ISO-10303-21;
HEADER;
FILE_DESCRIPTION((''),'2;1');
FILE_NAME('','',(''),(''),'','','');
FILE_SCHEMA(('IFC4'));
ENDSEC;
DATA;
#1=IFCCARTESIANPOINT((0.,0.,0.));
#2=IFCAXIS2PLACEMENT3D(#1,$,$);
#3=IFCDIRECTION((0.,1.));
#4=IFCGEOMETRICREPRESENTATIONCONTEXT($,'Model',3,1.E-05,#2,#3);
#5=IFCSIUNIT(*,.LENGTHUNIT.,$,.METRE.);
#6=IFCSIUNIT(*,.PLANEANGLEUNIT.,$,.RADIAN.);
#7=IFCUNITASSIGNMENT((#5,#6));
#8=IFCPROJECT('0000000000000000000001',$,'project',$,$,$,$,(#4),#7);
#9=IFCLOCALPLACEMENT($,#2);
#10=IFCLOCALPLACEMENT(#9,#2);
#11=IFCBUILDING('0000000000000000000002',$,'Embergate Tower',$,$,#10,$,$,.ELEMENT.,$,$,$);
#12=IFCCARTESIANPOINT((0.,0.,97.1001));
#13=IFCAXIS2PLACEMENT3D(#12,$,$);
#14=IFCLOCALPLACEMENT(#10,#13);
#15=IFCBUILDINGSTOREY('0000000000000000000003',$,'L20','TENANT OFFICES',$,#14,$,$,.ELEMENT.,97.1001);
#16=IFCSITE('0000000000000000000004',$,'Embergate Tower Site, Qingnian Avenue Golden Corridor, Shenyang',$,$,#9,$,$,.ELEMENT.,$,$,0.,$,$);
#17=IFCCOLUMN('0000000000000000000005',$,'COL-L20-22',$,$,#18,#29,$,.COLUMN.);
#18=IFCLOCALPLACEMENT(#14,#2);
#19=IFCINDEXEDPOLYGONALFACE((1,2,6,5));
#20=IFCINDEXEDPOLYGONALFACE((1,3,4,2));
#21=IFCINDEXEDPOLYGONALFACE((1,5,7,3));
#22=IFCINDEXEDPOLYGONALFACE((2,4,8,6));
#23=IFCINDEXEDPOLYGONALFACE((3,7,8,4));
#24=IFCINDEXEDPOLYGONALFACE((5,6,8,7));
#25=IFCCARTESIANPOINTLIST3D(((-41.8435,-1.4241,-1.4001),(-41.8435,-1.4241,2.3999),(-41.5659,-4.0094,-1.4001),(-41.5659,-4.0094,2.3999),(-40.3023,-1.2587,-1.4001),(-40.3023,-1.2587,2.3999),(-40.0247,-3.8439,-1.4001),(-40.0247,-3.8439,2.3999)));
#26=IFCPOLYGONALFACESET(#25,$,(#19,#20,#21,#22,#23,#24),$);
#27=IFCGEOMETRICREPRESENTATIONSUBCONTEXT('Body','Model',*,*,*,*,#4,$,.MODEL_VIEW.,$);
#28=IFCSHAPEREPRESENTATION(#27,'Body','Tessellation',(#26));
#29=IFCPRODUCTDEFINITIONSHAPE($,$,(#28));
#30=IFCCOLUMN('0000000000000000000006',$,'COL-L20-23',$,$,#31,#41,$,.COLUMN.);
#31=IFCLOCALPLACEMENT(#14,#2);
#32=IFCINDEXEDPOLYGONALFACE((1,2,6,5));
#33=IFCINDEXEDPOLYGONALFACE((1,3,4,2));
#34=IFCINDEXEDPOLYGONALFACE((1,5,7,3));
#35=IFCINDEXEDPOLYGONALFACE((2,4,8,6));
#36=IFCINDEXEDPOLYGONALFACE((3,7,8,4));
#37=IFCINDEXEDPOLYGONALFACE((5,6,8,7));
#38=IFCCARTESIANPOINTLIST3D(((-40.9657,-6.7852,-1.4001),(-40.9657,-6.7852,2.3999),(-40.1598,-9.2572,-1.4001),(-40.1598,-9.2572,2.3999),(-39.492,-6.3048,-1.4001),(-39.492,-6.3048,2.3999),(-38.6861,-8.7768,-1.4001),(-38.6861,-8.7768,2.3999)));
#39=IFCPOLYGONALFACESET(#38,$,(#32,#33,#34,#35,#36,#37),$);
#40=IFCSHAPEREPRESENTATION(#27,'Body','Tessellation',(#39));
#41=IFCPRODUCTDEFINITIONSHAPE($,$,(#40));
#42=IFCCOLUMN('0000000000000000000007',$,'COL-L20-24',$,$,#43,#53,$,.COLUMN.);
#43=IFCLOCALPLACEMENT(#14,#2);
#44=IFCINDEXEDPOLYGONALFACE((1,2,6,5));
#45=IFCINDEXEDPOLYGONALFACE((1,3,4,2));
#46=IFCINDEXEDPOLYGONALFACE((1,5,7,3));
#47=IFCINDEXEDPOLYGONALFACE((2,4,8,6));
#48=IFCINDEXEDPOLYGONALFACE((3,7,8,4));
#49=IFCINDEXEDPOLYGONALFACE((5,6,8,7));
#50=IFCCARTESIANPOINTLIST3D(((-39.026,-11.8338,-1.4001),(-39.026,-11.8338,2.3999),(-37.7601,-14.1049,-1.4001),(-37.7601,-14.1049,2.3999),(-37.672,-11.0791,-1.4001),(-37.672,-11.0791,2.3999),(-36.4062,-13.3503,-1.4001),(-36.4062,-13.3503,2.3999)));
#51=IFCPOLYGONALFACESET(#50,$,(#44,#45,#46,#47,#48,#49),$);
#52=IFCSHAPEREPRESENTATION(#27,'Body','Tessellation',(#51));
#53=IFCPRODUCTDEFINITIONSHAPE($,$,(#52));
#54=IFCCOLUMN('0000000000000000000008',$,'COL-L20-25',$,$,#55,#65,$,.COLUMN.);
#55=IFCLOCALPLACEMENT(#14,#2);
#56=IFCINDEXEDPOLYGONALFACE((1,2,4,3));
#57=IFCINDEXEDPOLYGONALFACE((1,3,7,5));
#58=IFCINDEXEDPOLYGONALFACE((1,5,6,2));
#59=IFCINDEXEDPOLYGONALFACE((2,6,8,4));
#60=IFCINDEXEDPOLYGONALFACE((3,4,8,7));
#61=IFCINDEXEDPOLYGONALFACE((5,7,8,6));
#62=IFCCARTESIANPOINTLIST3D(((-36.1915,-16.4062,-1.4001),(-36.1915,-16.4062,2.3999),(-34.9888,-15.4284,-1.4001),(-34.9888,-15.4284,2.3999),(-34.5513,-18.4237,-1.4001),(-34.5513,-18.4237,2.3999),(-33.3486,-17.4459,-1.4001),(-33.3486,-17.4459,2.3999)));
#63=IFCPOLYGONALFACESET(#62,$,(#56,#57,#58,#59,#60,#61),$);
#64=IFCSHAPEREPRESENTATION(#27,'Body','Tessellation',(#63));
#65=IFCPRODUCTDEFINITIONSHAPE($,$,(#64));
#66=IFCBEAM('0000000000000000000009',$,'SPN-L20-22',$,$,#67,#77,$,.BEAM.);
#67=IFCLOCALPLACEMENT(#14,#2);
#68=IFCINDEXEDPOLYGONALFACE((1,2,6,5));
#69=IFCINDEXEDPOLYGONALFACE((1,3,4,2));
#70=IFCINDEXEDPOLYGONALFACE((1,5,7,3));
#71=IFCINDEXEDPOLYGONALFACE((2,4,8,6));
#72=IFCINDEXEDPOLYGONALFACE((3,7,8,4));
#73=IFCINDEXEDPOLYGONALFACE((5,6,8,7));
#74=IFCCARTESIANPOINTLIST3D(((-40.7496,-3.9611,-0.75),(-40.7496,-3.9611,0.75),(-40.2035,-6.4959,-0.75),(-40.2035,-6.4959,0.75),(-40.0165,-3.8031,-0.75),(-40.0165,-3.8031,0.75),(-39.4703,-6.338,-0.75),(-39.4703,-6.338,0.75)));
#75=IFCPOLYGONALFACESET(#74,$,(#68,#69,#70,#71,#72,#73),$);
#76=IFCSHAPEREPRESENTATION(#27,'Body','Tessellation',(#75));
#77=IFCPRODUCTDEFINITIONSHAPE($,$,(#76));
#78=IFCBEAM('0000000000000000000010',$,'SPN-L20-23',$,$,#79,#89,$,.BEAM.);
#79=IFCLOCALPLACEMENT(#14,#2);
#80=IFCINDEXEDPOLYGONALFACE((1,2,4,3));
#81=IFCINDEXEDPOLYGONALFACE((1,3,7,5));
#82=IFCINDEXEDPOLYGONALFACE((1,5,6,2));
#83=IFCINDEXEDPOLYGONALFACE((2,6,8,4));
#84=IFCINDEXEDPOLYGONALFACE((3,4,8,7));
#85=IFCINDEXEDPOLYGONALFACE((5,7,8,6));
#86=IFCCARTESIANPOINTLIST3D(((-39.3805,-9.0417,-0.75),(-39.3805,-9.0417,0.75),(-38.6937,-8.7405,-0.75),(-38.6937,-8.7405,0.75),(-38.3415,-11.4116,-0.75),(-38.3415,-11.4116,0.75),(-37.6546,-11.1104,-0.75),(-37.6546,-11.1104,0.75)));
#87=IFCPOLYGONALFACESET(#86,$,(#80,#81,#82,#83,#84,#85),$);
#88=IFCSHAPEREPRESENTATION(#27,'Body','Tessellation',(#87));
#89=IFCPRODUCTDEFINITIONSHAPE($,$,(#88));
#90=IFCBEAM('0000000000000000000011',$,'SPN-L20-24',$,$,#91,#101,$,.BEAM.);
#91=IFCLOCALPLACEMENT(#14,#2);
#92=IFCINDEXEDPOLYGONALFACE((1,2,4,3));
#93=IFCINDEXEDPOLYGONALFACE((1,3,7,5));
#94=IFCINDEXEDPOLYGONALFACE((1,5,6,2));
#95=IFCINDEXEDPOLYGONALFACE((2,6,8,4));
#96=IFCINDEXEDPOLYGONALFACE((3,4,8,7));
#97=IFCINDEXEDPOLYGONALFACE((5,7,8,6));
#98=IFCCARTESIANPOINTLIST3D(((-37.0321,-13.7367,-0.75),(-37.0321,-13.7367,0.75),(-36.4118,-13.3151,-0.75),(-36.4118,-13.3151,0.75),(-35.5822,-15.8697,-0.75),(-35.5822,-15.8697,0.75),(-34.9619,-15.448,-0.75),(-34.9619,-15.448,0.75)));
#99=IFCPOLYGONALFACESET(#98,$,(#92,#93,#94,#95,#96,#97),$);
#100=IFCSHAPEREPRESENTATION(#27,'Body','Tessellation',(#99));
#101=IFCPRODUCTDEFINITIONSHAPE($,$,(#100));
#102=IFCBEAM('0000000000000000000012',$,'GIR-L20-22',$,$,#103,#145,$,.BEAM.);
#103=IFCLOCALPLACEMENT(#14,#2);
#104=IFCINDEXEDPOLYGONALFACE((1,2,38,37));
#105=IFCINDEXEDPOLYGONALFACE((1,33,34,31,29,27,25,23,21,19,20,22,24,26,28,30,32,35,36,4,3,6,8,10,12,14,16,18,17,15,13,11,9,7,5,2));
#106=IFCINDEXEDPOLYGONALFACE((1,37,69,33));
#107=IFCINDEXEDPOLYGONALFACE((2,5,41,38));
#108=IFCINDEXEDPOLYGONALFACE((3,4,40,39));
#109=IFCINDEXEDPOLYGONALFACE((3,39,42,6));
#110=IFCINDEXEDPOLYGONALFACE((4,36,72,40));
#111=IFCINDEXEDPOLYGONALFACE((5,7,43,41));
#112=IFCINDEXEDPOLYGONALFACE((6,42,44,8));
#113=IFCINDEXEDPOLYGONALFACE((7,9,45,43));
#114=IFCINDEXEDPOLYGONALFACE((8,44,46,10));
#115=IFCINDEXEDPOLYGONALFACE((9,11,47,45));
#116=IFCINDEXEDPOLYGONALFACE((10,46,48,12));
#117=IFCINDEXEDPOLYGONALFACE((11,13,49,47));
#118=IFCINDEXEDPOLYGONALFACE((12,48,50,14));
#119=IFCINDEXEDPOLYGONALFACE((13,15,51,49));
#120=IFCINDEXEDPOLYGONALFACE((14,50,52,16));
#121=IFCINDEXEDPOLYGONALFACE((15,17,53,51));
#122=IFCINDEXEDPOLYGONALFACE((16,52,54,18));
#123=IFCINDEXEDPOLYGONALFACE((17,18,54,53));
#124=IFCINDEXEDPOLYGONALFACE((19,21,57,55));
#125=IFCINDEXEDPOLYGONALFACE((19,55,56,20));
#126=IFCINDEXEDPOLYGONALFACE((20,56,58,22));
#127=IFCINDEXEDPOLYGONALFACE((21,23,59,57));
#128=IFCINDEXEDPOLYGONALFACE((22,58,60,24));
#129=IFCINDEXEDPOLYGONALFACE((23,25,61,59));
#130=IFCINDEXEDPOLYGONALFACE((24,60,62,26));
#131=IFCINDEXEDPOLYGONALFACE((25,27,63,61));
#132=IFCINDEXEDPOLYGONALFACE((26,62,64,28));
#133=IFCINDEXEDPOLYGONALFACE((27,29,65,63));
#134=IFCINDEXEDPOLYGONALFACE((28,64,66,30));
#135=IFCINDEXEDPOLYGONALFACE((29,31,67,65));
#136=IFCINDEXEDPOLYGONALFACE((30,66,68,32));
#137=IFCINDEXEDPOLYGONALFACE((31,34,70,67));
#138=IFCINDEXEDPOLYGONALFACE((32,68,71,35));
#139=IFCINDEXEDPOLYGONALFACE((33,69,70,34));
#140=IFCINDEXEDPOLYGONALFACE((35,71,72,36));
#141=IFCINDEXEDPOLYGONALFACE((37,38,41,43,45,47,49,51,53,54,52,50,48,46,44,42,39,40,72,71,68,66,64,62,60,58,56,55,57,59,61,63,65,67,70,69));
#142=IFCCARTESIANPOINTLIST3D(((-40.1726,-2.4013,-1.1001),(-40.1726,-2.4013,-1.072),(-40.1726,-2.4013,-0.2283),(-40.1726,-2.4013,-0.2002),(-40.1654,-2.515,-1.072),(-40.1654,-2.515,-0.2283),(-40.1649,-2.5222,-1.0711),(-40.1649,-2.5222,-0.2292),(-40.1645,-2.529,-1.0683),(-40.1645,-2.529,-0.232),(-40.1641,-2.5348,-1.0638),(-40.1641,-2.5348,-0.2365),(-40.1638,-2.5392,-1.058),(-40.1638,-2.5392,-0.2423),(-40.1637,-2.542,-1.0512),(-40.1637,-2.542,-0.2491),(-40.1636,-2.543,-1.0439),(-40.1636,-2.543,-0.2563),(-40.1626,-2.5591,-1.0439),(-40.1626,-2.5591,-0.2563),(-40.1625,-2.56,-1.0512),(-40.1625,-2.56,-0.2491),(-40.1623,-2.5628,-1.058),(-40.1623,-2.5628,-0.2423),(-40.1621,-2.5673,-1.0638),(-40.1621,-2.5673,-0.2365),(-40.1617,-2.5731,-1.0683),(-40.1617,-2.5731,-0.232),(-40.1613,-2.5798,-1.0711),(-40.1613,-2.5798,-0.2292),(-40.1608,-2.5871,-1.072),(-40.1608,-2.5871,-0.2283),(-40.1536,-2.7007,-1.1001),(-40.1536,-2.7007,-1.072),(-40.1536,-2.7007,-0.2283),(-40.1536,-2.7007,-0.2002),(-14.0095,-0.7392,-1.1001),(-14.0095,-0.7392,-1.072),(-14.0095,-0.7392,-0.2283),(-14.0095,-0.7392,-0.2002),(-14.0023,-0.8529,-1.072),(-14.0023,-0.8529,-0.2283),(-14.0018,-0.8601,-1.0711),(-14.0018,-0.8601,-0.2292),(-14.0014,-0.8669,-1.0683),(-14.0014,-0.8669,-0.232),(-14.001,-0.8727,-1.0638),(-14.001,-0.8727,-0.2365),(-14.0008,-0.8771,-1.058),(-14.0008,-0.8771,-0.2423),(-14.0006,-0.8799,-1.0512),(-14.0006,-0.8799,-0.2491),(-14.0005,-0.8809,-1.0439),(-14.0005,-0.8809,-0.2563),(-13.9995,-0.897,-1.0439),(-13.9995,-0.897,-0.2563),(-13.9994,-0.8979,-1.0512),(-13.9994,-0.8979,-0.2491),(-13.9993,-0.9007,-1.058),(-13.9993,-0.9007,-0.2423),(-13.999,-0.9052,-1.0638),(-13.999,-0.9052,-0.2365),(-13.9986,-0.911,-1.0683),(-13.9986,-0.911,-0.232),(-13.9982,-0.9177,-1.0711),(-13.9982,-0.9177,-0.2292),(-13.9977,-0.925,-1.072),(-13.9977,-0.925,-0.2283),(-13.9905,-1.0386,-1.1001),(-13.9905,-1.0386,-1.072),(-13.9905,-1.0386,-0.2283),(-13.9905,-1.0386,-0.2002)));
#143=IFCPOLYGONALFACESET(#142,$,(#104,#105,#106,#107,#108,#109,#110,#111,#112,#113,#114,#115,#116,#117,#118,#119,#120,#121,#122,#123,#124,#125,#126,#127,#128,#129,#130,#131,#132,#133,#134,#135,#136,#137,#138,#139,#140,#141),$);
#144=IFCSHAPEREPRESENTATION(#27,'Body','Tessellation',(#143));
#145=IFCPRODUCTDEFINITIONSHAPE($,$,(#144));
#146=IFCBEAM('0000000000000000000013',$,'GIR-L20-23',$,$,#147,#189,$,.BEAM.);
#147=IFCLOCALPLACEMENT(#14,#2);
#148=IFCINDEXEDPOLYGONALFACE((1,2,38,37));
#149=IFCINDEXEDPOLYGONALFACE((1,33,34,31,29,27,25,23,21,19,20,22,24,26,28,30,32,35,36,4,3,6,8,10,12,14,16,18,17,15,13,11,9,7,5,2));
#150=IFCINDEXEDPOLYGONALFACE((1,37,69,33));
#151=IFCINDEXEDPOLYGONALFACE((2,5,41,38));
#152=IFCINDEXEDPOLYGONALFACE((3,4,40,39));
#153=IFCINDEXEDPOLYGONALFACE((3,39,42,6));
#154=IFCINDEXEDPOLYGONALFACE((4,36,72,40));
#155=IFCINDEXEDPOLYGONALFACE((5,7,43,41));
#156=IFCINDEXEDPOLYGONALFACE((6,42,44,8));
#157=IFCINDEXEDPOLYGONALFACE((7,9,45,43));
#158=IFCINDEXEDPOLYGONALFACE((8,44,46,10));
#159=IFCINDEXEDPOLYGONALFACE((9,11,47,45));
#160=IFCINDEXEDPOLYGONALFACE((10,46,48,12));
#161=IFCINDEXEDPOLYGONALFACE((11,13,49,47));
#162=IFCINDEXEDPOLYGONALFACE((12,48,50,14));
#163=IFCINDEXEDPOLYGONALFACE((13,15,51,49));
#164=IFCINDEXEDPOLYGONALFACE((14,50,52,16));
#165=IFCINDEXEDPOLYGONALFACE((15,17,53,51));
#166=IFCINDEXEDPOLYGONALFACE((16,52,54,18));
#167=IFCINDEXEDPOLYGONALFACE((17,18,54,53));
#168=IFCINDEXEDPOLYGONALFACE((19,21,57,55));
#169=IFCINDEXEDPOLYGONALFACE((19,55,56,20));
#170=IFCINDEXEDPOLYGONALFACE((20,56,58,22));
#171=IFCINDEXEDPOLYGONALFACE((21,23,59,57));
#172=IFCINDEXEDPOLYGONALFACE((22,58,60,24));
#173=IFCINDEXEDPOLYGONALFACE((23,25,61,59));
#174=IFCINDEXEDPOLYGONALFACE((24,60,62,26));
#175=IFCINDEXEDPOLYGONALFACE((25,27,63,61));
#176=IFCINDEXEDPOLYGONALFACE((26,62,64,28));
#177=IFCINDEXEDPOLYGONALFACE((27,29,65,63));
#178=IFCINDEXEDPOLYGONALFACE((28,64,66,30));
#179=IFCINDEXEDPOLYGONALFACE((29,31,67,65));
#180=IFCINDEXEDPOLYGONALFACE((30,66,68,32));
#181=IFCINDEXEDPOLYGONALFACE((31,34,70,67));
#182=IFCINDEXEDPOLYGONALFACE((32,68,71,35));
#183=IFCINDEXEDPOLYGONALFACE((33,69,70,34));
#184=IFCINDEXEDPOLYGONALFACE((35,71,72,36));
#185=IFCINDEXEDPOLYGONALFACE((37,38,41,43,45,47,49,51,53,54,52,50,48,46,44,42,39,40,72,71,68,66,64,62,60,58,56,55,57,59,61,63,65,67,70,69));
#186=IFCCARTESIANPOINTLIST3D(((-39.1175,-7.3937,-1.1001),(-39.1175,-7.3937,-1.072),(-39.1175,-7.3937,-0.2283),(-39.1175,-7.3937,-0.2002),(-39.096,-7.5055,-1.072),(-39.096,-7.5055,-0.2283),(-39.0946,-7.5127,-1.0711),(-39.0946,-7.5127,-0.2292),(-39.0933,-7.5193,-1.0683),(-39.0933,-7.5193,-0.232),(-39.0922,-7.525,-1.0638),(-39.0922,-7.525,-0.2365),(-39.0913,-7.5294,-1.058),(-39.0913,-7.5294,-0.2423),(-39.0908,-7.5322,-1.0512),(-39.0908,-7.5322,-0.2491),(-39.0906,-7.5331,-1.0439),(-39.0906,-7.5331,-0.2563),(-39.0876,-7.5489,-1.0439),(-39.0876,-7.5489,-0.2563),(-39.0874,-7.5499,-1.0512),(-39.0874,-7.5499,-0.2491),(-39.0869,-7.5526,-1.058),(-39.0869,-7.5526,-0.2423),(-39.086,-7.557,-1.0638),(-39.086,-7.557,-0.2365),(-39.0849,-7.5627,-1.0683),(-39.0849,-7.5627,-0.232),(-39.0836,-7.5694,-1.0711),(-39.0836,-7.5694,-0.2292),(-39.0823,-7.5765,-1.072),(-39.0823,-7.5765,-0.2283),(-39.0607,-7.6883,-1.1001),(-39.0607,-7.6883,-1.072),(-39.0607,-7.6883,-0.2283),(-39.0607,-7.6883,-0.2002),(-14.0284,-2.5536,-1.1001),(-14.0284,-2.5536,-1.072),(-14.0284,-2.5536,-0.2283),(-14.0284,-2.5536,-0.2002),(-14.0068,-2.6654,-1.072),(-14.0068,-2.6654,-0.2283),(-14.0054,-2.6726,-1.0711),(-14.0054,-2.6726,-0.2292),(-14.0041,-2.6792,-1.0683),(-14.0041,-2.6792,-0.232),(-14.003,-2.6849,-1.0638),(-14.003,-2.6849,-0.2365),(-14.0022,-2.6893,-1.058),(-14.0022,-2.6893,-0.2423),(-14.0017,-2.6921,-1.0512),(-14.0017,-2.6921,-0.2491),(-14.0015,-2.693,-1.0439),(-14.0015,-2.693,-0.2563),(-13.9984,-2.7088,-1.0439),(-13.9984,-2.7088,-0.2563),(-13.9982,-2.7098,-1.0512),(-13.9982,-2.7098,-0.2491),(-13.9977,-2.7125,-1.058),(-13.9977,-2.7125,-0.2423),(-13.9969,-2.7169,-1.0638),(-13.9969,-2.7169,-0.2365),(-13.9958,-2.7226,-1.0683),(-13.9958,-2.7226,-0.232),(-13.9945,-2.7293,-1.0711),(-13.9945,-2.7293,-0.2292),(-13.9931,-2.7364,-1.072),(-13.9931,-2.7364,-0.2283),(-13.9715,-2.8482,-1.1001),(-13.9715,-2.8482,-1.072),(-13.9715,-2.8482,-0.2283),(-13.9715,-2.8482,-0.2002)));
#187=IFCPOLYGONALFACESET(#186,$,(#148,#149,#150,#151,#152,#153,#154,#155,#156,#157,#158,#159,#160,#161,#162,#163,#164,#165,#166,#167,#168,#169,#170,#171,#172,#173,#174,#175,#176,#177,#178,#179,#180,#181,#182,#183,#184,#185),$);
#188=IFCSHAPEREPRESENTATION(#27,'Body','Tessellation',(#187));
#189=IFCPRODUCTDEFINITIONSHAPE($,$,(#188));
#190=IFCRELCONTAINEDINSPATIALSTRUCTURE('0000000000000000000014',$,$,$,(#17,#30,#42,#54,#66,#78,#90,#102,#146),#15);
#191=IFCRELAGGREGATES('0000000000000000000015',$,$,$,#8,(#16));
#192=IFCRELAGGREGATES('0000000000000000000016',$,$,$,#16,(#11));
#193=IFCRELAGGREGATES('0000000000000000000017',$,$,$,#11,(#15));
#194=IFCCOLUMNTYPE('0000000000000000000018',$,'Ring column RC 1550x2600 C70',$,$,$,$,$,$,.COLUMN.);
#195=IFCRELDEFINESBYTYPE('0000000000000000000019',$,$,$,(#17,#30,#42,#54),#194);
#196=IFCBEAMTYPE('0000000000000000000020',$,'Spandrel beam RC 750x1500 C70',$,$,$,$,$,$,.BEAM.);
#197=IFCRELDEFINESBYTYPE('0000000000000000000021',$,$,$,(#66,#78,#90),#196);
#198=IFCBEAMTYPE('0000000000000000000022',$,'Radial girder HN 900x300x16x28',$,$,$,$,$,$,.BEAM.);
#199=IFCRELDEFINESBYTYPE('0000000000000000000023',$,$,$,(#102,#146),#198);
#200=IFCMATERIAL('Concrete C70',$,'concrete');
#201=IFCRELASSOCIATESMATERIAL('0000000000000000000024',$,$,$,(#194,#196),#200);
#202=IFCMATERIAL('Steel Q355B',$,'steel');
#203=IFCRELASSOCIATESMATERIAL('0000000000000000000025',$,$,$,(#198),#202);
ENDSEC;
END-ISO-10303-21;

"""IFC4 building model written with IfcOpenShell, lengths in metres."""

from ifc_helpers import new_model, si_unit, direction, frame, origin, origin_2d, place, context, subcontext, project, spatial, rectangle, i_section, extrude, source, transform, mapped, material, material_profile, profile_set, type_object, element, save


model = new_model("IFC4")

# Units and contexts
model_context = context("Model", 3, precision=1e-05, world=origin(), true_north=direction((0.0, 1.0)))
body_context = subcontext(model_context, "Body", "Model", "MODEL_VIEW")
ifc_project = project(units=[si_unit("LENGTHUNIT", "METRE"), si_unit("PLANEANGLEUNIT", "RADIAN")], contexts=[model_context])

# Site, building, storey
site_placement = place(None, origin())
site = spatial("IfcSite", under=ifc_project, at=site_placement, Name="Embergate Tower Site, Qingnian Avenue Golden Corridor, Shenyang", CompositionType="ELEMENT", RefElevation=0.0)
building_placement = place(site_placement, origin())
building = spatial("IfcBuilding", under=site, at=building_placement, Name="Embergate Tower", CompositionType="ELEMENT")
storey_placement = place(building_placement, frame((0.0, 0.0, 97.1001)))
storey = spatial("IfcBuildingStorey", under=building, at=storey_placement, Name="L20", Description="TENANT OFFICES", CompositionType="ELEMENT", Elevation=97.1001)

# Columns
ifc_material_1 = material(Name="Concrete C70", Category="concrete")
ifc_material_profile_1 = material_profile(ifc_material_1, rectangle(XDim=1.55, YDim=2.6001, at=origin_2d()), Name="RC 1550x2600")
ifc_profile_set_1 = profile_set([ifc_material_profile_1], Name="Concrete C70")
column_type = type_object("IfcColumnType", Name="Ring column RC 1550x2600 C70", PredefinedType="COLUMN", material=ifc_profile_set_1)
shared_shape_1 = source(origin(), body_context, "Body", "SweptSolid", [
    extrude(rectangle(XDim=1.55, YDim=2.6001, at=origin_2d()), origin(), (0.0, 0.0, 1.0), 3.8),
])
for number, where, z_axis, x_axis, name in (
    (1, (-40.9341, -2.634, -1.4001), (0.0, 0.0, 1.0), (-0.994286, -0.10675, 0.0), "COL-L20-22"),
    (2, (-39.8259, -7.781, -1.4001), (0.0, 0.0, 1.0), (-0.950754, -0.309946, 0.0), "COL-L20-23"),
    (3, (-37.7161, -12.592, -1.4001), (0.0, 0.0, 1.0), (-0.873492, -0.486839, 0.0), "COL-L20-24"),
    (4, (-34.77, -16.926, -1.4001), (0.0, 0.0, 1.0), (-0.775925, -0.630825, 0.0), "COL-L20-25"),
):
    element("IfcColumn", number, at=place(storey_placement, frame(where, z_axis=z_axis, x_axis=x_axis)), inside=storey, type_object=column_type, Name=name, PredefinedType="COLUMN", context=body_context, shape_type="MappedRepresentation", body=[
        mapped(shared_shape_1, transform((0.0, 0.0, 0.0))),
    ])

# Beams
ifc_material_profile_2 = material_profile(ifc_material_1, rectangle(XDim=0.75, YDim=1.5, at=origin_2d()), Name="RC 750x1500")
ifc_profile_set_2 = profile_set([ifc_material_profile_2], Name="Concrete C70")
beam_type_1 = type_object("IfcBeamType", Name="Spandrel beam RC 750x1500 C70", PredefinedType="BEAM", material=ifc_profile_set_2)
shared_shape_2 = source(origin(), body_context, "Body", "SweptSolid", [
    extrude(rectangle(XDim=0.75, YDim=1.5, at=origin_2d()), origin(), (0.0, 0.0, 1.0), 2.593),
])
beam_1_placement = place(storey_placement, frame((-40.3831, -3.8821, 0.0), z_axis=(0.210616, -0.977569, 0.0), x_axis=(0.977569, 0.210616, 0.0)))
element("IfcBeam", 5, at=beam_1_placement, inside=storey, type_object=beam_type_1, Name="SPN-L20-22", PredefinedType="BEAM", context=body_context, shape_type="MappedRepresentation", body=[
    mapped(shared_shape_2, transform((0.0, 0.0, 0.0))),
])
shared_shape_3 = source(origin(), body_context, "Body", "SweptSolid", [
    extrude(rectangle(XDim=0.75, YDim=1.5, at=origin_2d()), origin(), (0.0, 0.0, 1.0), 2.5876),
])
beam_2_placement = place(storey_placement, frame((-39.0371, -8.8911, 0.0), z_axis=(0.401546, -0.915839, 0.0), x_axis=(0.915839, 0.401546, 0.0)))
element("IfcBeam", 6, at=beam_2_placement, inside=storey, type_object=beam_type_1, Name="SPN-L20-23", PredefinedType="BEAM", context=body_context, shape_type="MappedRepresentation", body=[
    mapped(shared_shape_3, transform((0.0, 0.0, 0.0))),
])
shared_shape_4 = source(origin(), body_context, "Body", "SweptSolid", [
    extrude(rectangle(XDim=0.75, YDim=1.5, at=origin_2d()), origin(), (0.0, 0.0, 1.0), 2.5791),
])
beam_3_placement = place(storey_placement, frame((-36.7219, -13.5259, 0.0), z_axis=(0.56217, -0.827022, 0.0), x_axis=(0.827022, 0.56217, 0.0)))
element("IfcBeam", 7, at=beam_3_placement, inside=storey, type_object=beam_type_1, Name="SPN-L20-24", PredefinedType="BEAM", context=body_context, shape_type="MappedRepresentation", body=[
    mapped(shared_shape_4, transform((0.0, 0.0, 0.0))),
])
ifc_material_2 = material(Name="Steel Q355B", Category="steel")
ifc_material_profile_3 = material_profile(ifc_material_2, i_section(OverallWidth=0.3, OverallDepth=0.8999, WebThickness=0.0161, FlangeThickness=0.0281, FilletRadius=0.0281, at=origin_2d()), Name="HN 900x300x16x28")
ifc_profile_set_3 = profile_set([ifc_material_profile_3], Name="Steel Q355 grade B")
beam_type_2 = type_object("IfcBeamType", Name="Radial girder HN 900x300x16x28", PredefinedType="BEAM", material=ifc_profile_set_3)
shared_shape_5 = source(origin(), body_context, "Body", "SweptSolid", [
    extrude(i_section(OverallWidth=0.3, OverallDepth=0.8999, WebThickness=0.0161, FlangeThickness=0.0281, FilletRadius=0.0281, at=origin_2d()), origin(), (0.0, 0.0, 1.0), 26.2158),
])
beam_4_placement = place(storey_placement, frame((-40.1631, -2.551, -0.6501), z_axis=(0.997988, 0.063401, 0.0), x_axis=(-0.063401, 0.997988, 0.0)))
element("IfcBeam", 8, at=beam_4_placement, inside=storey, type_object=beam_type_2, Name="GIR-L20-22", PredefinedType="BEAM", context=body_context, shape_type="MappedRepresentation", body=[
    mapped(shared_shape_5, transform((0.0, 0.0, 0.0))),
])
shared_shape_6 = source(origin(), body_context, "Body", "SweptSolid", [
    extrude(i_section(OverallWidth=0.3, OverallDepth=0.8999, WebThickness=0.0161, FlangeThickness=0.0281, FilletRadius=0.0281, at=origin_2d()), origin(), (0.0, 0.0, 1.0), 25.5518),
])
beam_5_placement = place(storey_placement, frame((-39.0891, -7.541, -0.6501), z_axis=(0.981896, 0.189423, 0.0), x_axis=(-0.189423, 0.981896, 0.0)))
element("IfcBeam", 9, at=beam_5_placement, inside=storey, type_object=beam_type_2, Name="GIR-L20-23", PredefinedType="BEAM", context=body_context, shape_type="MappedRepresentation", body=[
    mapped(shared_shape_6, transform((0.0, 0.0, 0.0))),
])

save(model, "model.ifc")
